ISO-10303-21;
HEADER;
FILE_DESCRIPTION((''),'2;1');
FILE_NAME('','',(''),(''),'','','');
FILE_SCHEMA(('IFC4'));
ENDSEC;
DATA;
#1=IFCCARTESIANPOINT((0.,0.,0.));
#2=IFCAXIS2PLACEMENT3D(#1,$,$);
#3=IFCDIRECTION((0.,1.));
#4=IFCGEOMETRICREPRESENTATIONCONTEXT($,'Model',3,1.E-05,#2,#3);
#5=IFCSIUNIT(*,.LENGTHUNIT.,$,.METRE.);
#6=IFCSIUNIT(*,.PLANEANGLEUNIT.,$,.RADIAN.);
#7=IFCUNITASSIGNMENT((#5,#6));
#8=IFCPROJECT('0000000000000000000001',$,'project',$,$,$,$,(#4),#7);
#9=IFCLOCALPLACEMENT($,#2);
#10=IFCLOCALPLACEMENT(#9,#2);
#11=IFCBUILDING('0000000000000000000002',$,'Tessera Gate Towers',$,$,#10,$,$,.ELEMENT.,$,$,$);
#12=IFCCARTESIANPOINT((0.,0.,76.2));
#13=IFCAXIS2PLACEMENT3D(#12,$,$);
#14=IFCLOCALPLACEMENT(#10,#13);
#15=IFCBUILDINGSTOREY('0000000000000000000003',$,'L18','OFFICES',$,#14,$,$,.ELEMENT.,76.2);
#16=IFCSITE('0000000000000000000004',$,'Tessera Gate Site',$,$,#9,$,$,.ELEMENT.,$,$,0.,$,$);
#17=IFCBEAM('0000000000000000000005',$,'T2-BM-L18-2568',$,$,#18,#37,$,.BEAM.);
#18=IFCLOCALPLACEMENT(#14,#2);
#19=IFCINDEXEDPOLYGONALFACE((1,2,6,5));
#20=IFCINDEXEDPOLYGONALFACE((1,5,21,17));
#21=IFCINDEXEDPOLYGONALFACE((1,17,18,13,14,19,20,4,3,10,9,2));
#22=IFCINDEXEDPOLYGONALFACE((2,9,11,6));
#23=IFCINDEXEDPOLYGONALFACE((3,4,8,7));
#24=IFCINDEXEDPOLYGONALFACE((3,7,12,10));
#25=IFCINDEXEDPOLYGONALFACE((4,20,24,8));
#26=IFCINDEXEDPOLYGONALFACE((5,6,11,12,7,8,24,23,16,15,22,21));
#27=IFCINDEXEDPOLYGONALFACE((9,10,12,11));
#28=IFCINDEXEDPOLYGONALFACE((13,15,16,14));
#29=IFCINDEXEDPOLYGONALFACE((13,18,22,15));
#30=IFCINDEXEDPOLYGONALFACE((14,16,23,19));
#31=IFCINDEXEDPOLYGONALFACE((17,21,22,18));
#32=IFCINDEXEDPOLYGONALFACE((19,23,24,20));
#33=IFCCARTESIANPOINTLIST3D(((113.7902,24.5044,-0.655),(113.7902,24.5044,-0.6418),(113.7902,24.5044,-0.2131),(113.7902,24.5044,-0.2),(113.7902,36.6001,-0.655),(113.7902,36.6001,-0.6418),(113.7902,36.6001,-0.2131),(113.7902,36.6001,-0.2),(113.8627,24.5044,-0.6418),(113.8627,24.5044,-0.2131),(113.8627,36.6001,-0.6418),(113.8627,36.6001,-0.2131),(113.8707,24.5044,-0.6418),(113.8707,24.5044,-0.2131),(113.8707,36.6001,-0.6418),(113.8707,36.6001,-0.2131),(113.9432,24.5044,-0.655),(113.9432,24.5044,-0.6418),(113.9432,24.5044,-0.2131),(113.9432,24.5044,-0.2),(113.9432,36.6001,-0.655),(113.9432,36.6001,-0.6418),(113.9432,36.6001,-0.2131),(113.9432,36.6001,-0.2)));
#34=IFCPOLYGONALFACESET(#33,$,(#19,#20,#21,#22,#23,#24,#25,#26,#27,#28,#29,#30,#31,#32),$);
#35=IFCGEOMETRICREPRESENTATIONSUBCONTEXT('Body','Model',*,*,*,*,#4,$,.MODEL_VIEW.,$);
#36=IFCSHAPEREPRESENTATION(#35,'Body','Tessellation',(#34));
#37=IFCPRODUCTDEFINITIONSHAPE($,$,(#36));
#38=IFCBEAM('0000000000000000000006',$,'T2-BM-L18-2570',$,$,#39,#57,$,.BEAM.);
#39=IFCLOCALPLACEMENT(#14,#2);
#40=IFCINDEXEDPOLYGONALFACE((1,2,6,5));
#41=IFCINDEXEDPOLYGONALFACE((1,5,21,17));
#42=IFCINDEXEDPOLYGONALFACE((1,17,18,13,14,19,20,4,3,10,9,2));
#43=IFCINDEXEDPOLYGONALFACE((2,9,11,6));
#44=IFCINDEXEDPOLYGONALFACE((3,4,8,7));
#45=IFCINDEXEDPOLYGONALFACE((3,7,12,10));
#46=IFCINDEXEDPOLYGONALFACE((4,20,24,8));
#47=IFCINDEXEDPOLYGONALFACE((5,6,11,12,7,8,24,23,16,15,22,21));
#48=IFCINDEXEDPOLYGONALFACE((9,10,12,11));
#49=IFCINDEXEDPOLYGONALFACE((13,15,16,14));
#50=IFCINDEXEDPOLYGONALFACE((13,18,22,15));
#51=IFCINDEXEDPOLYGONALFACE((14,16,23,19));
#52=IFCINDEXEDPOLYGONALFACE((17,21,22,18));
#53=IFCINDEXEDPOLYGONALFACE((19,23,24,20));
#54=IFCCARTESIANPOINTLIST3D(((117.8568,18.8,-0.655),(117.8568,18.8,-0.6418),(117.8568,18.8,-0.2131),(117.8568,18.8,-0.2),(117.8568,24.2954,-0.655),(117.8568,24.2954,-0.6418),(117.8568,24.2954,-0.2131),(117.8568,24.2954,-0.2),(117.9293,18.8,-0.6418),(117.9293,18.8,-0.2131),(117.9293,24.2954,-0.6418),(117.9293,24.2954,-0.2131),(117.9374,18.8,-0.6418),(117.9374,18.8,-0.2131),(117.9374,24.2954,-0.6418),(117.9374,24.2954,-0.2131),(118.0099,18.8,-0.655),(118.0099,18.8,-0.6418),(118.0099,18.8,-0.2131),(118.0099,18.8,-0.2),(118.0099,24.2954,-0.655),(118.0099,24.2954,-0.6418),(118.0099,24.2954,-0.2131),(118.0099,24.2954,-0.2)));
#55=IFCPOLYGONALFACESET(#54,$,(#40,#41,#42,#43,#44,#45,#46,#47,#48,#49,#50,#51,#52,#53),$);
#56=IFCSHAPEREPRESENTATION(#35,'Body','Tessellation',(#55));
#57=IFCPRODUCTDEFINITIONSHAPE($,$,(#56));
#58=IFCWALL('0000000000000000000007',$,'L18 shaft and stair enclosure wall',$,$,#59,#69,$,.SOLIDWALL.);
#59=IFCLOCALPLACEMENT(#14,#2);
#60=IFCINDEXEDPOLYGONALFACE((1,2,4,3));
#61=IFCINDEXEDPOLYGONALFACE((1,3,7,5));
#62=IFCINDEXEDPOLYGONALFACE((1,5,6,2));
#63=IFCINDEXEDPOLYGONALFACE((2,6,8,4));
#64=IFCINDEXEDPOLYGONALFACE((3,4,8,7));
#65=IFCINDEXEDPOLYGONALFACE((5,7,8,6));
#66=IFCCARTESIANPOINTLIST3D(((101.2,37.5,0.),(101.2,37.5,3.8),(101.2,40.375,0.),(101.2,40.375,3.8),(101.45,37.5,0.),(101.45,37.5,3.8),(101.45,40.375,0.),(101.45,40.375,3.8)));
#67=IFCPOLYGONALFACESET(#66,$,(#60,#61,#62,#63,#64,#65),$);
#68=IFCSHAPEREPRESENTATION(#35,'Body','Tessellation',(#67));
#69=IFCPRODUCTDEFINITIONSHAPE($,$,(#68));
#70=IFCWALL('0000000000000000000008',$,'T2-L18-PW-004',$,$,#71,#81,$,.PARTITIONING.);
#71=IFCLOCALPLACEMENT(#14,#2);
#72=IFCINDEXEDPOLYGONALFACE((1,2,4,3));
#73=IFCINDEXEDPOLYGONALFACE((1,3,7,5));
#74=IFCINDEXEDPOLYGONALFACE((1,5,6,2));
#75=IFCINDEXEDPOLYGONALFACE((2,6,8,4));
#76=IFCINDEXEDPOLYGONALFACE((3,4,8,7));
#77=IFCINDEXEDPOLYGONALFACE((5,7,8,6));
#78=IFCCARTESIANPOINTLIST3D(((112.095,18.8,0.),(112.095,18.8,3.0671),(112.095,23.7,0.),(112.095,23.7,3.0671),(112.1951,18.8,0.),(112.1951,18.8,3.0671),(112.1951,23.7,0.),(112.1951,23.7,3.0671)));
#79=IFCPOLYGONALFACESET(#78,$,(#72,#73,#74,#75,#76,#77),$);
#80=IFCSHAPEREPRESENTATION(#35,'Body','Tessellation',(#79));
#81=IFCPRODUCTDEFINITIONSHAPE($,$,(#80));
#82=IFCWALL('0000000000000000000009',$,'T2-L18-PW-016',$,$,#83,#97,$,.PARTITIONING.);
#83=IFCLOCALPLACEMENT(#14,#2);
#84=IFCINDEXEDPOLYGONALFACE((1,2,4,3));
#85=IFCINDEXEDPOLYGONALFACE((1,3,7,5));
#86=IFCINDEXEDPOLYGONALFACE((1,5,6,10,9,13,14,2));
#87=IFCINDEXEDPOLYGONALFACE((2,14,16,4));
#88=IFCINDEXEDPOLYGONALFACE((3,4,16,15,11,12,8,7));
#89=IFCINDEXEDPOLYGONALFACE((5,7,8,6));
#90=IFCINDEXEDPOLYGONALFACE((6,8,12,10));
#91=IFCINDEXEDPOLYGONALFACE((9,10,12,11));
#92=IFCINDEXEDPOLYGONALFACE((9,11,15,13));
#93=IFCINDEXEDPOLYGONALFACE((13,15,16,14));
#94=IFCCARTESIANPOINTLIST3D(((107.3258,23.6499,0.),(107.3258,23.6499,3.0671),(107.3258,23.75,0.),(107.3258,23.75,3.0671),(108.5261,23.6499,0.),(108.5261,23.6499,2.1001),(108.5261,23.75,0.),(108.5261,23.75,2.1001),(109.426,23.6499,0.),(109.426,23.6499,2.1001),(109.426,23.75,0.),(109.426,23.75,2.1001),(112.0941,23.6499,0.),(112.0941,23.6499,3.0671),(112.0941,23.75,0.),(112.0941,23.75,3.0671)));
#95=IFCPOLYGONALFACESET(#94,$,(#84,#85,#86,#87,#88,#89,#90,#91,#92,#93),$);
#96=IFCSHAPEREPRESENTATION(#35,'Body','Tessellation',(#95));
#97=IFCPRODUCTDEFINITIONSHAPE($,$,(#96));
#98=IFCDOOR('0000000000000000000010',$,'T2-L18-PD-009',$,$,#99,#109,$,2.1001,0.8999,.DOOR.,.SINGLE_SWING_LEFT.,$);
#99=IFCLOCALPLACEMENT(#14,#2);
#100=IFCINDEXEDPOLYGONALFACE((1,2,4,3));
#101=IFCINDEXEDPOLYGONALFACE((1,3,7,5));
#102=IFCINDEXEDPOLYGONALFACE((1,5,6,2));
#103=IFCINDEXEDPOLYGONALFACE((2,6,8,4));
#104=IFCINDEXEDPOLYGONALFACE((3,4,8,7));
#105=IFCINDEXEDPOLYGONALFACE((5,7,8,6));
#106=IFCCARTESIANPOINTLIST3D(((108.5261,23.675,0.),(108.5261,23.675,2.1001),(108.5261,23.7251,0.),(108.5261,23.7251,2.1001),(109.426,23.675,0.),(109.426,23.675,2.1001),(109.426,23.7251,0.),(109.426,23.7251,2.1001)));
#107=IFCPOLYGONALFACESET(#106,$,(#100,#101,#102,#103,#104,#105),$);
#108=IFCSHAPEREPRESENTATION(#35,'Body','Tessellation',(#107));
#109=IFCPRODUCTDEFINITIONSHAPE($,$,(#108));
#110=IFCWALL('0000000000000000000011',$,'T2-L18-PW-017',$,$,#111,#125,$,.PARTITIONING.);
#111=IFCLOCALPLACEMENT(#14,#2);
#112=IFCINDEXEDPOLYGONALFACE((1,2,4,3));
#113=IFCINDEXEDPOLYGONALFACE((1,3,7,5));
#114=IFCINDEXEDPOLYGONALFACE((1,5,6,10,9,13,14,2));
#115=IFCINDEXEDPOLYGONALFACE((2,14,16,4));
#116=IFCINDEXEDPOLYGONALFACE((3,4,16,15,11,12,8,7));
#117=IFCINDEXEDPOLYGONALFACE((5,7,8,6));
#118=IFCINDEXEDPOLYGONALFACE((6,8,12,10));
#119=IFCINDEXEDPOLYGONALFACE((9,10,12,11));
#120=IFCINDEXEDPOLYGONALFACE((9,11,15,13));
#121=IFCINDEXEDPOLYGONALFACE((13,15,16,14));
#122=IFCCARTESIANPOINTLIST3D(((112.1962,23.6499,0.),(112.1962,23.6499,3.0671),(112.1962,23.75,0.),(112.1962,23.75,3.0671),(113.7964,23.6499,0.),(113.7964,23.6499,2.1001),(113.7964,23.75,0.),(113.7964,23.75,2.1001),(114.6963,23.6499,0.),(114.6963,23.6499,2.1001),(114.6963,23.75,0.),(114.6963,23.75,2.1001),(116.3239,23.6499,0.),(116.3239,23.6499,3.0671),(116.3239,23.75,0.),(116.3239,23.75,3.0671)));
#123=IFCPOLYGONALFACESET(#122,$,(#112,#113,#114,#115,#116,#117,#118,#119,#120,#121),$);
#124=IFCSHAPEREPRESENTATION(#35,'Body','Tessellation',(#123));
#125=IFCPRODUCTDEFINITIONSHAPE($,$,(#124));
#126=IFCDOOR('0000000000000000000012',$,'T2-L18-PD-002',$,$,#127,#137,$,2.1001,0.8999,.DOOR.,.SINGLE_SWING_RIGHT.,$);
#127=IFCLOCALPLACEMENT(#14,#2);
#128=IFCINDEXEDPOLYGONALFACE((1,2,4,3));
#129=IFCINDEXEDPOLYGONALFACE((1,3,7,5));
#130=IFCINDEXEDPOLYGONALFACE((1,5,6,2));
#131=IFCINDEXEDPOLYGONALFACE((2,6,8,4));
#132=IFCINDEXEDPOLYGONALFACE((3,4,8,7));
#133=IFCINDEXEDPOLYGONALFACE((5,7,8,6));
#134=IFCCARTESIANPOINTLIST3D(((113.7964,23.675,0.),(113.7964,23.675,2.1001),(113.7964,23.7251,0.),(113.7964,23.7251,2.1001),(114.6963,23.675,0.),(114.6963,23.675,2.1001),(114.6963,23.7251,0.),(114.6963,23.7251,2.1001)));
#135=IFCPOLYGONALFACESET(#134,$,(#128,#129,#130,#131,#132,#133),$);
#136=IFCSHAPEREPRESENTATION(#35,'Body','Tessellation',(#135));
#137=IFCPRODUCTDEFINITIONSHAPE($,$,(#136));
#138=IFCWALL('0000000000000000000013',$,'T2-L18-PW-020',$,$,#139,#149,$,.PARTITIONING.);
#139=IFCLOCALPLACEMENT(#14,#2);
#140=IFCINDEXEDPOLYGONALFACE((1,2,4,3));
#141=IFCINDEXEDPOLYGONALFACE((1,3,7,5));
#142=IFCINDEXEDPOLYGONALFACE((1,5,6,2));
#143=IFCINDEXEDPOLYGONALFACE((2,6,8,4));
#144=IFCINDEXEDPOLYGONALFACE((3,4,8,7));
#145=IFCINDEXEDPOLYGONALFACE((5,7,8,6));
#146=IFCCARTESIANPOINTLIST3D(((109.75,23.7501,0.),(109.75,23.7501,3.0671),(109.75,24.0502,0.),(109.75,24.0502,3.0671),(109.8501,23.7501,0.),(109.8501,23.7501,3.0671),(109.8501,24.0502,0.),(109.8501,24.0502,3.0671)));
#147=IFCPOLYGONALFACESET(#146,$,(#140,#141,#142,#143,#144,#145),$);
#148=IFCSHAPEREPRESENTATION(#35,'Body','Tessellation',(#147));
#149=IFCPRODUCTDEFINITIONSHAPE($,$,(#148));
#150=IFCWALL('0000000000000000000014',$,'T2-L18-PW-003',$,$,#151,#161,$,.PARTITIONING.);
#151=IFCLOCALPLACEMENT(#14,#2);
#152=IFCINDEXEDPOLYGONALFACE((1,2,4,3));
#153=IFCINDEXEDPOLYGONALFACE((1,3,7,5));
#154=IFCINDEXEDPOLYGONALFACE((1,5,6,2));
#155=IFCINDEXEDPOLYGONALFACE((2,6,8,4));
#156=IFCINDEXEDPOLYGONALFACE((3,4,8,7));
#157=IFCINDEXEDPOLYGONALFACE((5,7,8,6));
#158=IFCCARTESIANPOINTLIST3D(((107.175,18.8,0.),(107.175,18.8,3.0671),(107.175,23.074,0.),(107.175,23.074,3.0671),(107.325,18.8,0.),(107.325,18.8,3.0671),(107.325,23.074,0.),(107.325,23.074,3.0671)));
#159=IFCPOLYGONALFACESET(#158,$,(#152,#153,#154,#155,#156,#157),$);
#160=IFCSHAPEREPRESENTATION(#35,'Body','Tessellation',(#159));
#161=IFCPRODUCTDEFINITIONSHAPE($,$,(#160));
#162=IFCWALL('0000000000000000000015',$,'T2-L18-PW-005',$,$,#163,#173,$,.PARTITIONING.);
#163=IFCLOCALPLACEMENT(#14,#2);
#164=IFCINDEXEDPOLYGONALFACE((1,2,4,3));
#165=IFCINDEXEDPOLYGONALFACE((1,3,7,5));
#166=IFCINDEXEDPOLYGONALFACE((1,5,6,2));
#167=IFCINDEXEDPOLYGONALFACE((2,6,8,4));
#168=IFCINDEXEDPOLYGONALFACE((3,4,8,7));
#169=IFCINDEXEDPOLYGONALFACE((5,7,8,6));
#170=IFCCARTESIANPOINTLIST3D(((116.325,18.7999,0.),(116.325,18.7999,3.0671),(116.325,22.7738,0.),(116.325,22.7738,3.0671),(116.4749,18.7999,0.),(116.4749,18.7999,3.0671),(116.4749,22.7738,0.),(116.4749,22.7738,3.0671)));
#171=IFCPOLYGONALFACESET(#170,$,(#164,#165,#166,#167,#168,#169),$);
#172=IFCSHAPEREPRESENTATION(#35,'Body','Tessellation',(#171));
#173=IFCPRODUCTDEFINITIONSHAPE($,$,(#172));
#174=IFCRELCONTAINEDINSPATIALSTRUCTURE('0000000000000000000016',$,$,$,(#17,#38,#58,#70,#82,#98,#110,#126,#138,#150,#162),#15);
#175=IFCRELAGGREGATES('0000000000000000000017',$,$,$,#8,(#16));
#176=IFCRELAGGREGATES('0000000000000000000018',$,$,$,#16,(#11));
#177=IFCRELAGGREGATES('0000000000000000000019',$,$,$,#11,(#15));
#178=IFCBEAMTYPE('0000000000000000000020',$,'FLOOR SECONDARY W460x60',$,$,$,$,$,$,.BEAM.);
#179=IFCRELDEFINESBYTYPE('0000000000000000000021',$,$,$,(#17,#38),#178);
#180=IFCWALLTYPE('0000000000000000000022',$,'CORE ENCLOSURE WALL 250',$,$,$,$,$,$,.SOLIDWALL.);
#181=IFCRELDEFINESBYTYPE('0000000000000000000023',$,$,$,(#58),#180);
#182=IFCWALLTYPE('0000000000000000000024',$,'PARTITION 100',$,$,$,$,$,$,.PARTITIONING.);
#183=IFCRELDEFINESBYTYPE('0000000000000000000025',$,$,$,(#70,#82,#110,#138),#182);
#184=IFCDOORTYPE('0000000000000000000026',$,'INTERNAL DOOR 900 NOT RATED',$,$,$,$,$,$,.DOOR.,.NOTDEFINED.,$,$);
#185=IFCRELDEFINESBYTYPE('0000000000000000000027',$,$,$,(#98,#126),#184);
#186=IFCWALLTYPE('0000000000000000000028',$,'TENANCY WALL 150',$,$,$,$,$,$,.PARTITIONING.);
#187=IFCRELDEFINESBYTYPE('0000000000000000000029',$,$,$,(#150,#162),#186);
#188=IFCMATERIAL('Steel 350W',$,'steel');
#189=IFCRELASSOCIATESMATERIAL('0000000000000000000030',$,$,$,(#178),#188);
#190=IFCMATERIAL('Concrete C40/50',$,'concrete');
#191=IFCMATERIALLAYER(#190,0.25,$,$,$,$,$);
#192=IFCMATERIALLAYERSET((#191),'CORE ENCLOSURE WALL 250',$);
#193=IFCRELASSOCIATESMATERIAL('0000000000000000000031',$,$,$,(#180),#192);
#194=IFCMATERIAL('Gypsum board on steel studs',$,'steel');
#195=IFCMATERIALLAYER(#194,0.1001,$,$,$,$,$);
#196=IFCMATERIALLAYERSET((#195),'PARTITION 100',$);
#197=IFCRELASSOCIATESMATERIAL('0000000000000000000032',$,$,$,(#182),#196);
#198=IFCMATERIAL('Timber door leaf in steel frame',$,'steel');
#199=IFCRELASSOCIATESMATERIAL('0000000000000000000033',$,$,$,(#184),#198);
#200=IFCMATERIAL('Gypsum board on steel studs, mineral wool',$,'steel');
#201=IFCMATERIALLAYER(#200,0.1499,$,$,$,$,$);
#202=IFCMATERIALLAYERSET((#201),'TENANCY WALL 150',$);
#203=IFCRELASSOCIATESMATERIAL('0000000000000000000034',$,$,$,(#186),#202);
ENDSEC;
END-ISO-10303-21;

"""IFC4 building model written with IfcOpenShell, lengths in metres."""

from ifc_helpers import new_model, si_unit, direction, frame, frame_2d, origin, origin_2d, place, context, subcontext, project, spatial, rectangle, i_section, extrude, source, transform, mapped, material, layer, layer_set, material_profile, profile_set, type_object, element, fill, save


model = new_model("IFC4")

# Units and contexts
model_context = context("Model", 3, precision=1e-05, world=origin(), true_north=direction((0.0, 1.0)))
body_context = subcontext(model_context, "Body", "Model", "MODEL_VIEW")
ifc_project = project(units=[si_unit("LENGTHUNIT", "METRE"), si_unit("PLANEANGLEUNIT", "RADIAN")], contexts=[model_context])

# Site, building, storey
site_placement = place(None, origin())
site = spatial("IfcSite", under=ifc_project, at=site_placement, Name="Tessera Gate Site", CompositionType="ELEMENT", RefElevation=0.0)
building_placement = place(site_placement, origin())
building = spatial("IfcBuilding", under=site, at=building_placement, Name="Tessera Gate Towers", CompositionType="ELEMENT")
storey_placement = place(building_placement, frame((0.0, 0.0, 76.2)))
storey = spatial("IfcBuildingStorey", under=building, at=storey_placement, Name="L18", Description="OFFICES", CompositionType="ELEMENT", Elevation=76.2)

# Beams
ifc_material_1 = material(Name="Steel 350W", Category="steel")
ifc_material_profile_1 = material_profile(ifc_material_1, i_section(OverallWidth=0.1531, OverallDepth=0.4551, WebThickness=0.0081, FlangeThickness=0.0132, at=origin_2d()), Name="W460x60")
ifc_profile_set_1 = profile_set([ifc_material_profile_1], Name="Steel 350W")
beam_type_1 = type_object("IfcBeamType", Name="FLOOR SECONDARY W460x60", PredefinedType="BEAM", material=ifc_profile_set_1)
beam_1_placement = place(storey_placement, frame((113.8667, 24.5044, -0.4275), z_axis=(0.0, 1.0, 0.0), x_axis=(-1.0, 0.0, 0.0)))
element("IfcBeam", 1, at=beam_1_placement, inside=storey, type_object=beam_type_1, Name="T2-BM-L18-2568", PredefinedType="BEAM", context=body_context, shape_type="SweptSolid", body=[
    extrude(i_section(OverallWidth=0.1531, OverallDepth=0.4551, WebThickness=0.0081, FlangeThickness=0.0132, at=origin_2d()), origin(), (0.0, 0.0, 1.0), 12.0957),
])
beam_2_placement = place(storey_placement, frame((117.9333, 18.8, -0.4275), z_axis=(0.0, 1.0, 0.0), x_axis=(-1.0, 0.0, 0.0)))
element("IfcBeam", 2, at=beam_2_placement, inside=storey, type_object=beam_type_1, Name="T2-BM-L18-2570", PredefinedType="BEAM", context=body_context, shape_type="SweptSolid", body=[
    extrude(i_section(OverallWidth=0.1531, OverallDepth=0.4551, WebThickness=0.0081, FlangeThickness=0.0132, at=origin_2d()), origin(), (0.0, 0.0, 1.0), 5.4954),
])

# Walls
ifc_material_2 = material(Name="Concrete C40/50", Category="concrete")
ifc_layer_1 = layer(ifc_material_2, 0.25)
ifc_layer_set_1 = layer_set([ifc_layer_1], Name="CORE ENCLOSURE WALL 250")
wall_type_1 = type_object("IfcWallType", Name="CORE ENCLOSURE WALL 250", PredefinedType="SOLIDWALL", material=ifc_layer_set_1)
wall_1_placement = place(storey_placement, frame((101.325, 37.5, 0.0), z_axis=(0.0, 0.0, 1.0), x_axis=(0.0, 1.0, 0.0)))
element("IfcWall", 3, at=wall_1_placement, inside=storey, type_object=wall_type_1, Name="L18 shaft and stair enclosure wall", PredefinedType="SOLIDWALL", context=body_context, shape_type="SweptSolid", body=[
    extrude(rectangle(XDim=2.875, YDim=0.25, at=frame_2d((1.4375, 0.0))), origin(), (0.0, 0.0, 1.0), 3.8),
])
ifc_material_3 = material(Name="Gypsum board on steel studs", Category="steel")
ifc_layer_2 = layer(ifc_material_3, 0.1001)
ifc_layer_set_2 = layer_set([ifc_layer_2], Name="PARTITION 100")
wall_type_2 = type_object("IfcWallType", Name="PARTITION 100", PredefinedType="PARTITIONING", material=ifc_layer_set_2)
wall_2_placement = place(storey_placement, frame((112.145, 18.8, 0.0), z_axis=(0.0, 0.0, 1.0), x_axis=(0.0, 1.0, 0.0)))
element("IfcWall", 4, at=wall_2_placement, inside=storey, type_object=wall_type_2, Name="T2-L18-PW-004", PredefinedType="PARTITIONING", context=body_context, shape_type="SweptSolid", body=[
    extrude(rectangle(XDim=4.8999, YDim=0.1001, at=frame_2d((2.45, 0.0))), origin(), (0.0, 0.0, 1.0), 3.0671),
])

# Walls, openings, doors
wall_3_placement = place(storey_placement, frame((112.0942, 23.7, 0.0), z_axis=(0.0, 0.0, 1.0), x_axis=(-1.0, 0.0, 0.0)))
wall_3 = element("IfcWall", 5, at=wall_3_placement, inside=storey, type_object=wall_type_2, Name="T2-L18-PW-016", PredefinedType="PARTITIONING", context=body_context, shape_type="SweptSolid", body=[
    extrude(rectangle(XDim=4.7683, YDim=0.1001, at=frame_2d((2.3843, 0.0))), origin(), (0.0, 0.0, 1.0), 3.0671),
])
shared_shape_1 = source(origin(), body_context, "Body", "SweptSolid", [
    extrude(rectangle(XDim=0.8999, YDim=2.1001, at=frame_2d((0.45, 1.05))), frame((0.0, 0.0601, 0.0), z_axis=(0.0, -1.0, 0.0), x_axis=(1.0, 0.0, 0.0)), (0.0, 0.0, 1.0), 0.1201),
])
opening_1_placement = place(wall_3_placement, frame((2.6682, 0.0, 0.0)))
opening_1 = element("IfcOpeningElement", 6, at=opening_1_placement, cuts=wall_3, PredefinedType="OPENING", context=body_context, shape_type="MappedRepresentation", body=[
    mapped(shared_shape_1, transform((0.0, 0.0, 0.0), scale=1.0)),
])
ifc_material_4 = material(Name="Timber door leaf in steel frame", Category="steel")
door_type = type_object("IfcDoorType", Name="INTERNAL DOOR 900 NOT RATED", OperationType="NOTDEFINED", PredefinedType="DOOR", material=ifc_material_4)
shared_shape_2 = source(origin(), body_context, "Body", "SweptSolid", [
    extrude(rectangle(XDim=0.8999, YDim=2.1001, at=frame_2d((0.45, 1.05))), frame((0.0, 0.0249, 0.0), z_axis=(0.0, -1.0, 0.0), x_axis=(1.0, 0.0, 0.0)), (0.0, 0.0, 1.0), 0.05),
])
door_1_placement = place(opening_1_placement, origin())
door_1 = element("IfcDoor", 7, at=door_1_placement, inside=storey, type_object=door_type, Name="T2-L18-PD-009", OperationType="SINGLE_SWING_LEFT", OverallHeight=2.1001, OverallWidth=0.8999, PredefinedType="DOOR", context=body_context, shape_type="MappedRepresentation", body=[
    mapped(shared_shape_2, transform((0.0, 0.0, 0.0), scale=1.0)),
])
fill(opening_1, door_1)
wall_4_placement = place(storey_placement, frame((116.324, 23.7, 0.0), z_axis=(0.0, 0.0, 1.0), x_axis=(-1.0, 0.0, 0.0)))
wall_4 = element("IfcWall", 8, at=wall_4_placement, inside=storey, type_object=wall_type_2, Name="T2-L18-PW-017", PredefinedType="PARTITIONING", context=body_context, shape_type="SweptSolid", body=[
    extrude(rectangle(XDim=4.1277, YDim=0.1001, at=frame_2d((2.064, 0.0))), origin(), (0.0, 0.0, 1.0), 3.0671),
])
opening_2_placement = place(wall_4_placement, frame((1.6277, 0.0, 0.0)))
opening_2 = element("IfcOpeningElement", 9, at=opening_2_placement, cuts=wall_4, PredefinedType="OPENING", context=body_context, shape_type="MappedRepresentation", body=[
    mapped(shared_shape_1, transform((0.0, 0.0, 0.0), scale=1.0)),
])
door_2_placement = place(opening_2_placement, origin())
door_2 = element("IfcDoor", 10, at=door_2_placement, inside=storey, type_object=door_type, Name="T2-L18-PD-002", OperationType="SINGLE_SWING_RIGHT", OverallHeight=2.1001, OverallWidth=0.8999, PredefinedType="DOOR", context=body_context, shape_type="MappedRepresentation", body=[
    mapped(shared_shape_2, transform((0.0, 0.0, 0.0), scale=1.0)),
])
fill(opening_2, door_2)

# Walls
wall_5_placement = place(storey_placement, frame((109.8, 24.05, 0.0), z_axis=(0.0, 0.0, 1.0), x_axis=(0.0, -1.0, 0.0)))
element("IfcWall", 11, at=wall_5_placement, inside=storey, type_object=wall_type_2, Name="T2-L18-PW-020", PredefinedType="PARTITIONING", context=body_context, shape_type="SweptSolid", body=[
    extrude(rectangle(XDim=0.3, YDim=0.1001, at=frame_2d((0.1499, 0.0))), origin(), (0.0, 0.0, 1.0), 3.0671),
])
ifc_material_5 = material(Name="Gypsum board on steel studs, mineral wool", Category="steel")
ifc_layer_3 = layer(ifc_material_5, 0.1499)
ifc_layer_set_3 = layer_set([ifc_layer_3], Name="TENANCY WALL 150")
wall_type_3 = type_object("IfcWallType", Name="TENANCY WALL 150", PredefinedType="PARTITIONING", material=ifc_layer_set_3)
wall_6_placement = place(storey_placement, frame((107.25, 18.8, 0.0), z_axis=(0.0, 0.0, 1.0), x_axis=(0.0, 1.0, 0.0)))
element("IfcWall", 12, at=wall_6_placement, inside=storey, type_object=wall_type_3, Name="T2-L18-PW-003", PredefinedType="PARTITIONING", context=body_context, shape_type="SweptSolid", body=[
    extrude(rectangle(XDim=4.2739, YDim=0.1499, at=frame_2d((2.137, 0.0))), origin(), (0.0, 0.0, 1.0), 3.0671),
])
wall_7_placement = place(storey_placement, frame((116.3999, 18.8, 0.0), z_axis=(0.0, 0.0, 1.0), x_axis=(0.0, 1.0, 0.0)))
element("IfcWall", 13, at=wall_7_placement, inside=storey, type_object=wall_type_3, Name="T2-L18-PW-005", PredefinedType="PARTITIONING", context=body_context, shape_type="SweptSolid", body=[
    extrude(rectangle(XDim=3.9739, YDim=0.1499, at=frame_2d((1.9868, 0.0))), origin(), (0.0, 0.0, 1.0), 3.0671),
])

save(model, "model.ifc")
